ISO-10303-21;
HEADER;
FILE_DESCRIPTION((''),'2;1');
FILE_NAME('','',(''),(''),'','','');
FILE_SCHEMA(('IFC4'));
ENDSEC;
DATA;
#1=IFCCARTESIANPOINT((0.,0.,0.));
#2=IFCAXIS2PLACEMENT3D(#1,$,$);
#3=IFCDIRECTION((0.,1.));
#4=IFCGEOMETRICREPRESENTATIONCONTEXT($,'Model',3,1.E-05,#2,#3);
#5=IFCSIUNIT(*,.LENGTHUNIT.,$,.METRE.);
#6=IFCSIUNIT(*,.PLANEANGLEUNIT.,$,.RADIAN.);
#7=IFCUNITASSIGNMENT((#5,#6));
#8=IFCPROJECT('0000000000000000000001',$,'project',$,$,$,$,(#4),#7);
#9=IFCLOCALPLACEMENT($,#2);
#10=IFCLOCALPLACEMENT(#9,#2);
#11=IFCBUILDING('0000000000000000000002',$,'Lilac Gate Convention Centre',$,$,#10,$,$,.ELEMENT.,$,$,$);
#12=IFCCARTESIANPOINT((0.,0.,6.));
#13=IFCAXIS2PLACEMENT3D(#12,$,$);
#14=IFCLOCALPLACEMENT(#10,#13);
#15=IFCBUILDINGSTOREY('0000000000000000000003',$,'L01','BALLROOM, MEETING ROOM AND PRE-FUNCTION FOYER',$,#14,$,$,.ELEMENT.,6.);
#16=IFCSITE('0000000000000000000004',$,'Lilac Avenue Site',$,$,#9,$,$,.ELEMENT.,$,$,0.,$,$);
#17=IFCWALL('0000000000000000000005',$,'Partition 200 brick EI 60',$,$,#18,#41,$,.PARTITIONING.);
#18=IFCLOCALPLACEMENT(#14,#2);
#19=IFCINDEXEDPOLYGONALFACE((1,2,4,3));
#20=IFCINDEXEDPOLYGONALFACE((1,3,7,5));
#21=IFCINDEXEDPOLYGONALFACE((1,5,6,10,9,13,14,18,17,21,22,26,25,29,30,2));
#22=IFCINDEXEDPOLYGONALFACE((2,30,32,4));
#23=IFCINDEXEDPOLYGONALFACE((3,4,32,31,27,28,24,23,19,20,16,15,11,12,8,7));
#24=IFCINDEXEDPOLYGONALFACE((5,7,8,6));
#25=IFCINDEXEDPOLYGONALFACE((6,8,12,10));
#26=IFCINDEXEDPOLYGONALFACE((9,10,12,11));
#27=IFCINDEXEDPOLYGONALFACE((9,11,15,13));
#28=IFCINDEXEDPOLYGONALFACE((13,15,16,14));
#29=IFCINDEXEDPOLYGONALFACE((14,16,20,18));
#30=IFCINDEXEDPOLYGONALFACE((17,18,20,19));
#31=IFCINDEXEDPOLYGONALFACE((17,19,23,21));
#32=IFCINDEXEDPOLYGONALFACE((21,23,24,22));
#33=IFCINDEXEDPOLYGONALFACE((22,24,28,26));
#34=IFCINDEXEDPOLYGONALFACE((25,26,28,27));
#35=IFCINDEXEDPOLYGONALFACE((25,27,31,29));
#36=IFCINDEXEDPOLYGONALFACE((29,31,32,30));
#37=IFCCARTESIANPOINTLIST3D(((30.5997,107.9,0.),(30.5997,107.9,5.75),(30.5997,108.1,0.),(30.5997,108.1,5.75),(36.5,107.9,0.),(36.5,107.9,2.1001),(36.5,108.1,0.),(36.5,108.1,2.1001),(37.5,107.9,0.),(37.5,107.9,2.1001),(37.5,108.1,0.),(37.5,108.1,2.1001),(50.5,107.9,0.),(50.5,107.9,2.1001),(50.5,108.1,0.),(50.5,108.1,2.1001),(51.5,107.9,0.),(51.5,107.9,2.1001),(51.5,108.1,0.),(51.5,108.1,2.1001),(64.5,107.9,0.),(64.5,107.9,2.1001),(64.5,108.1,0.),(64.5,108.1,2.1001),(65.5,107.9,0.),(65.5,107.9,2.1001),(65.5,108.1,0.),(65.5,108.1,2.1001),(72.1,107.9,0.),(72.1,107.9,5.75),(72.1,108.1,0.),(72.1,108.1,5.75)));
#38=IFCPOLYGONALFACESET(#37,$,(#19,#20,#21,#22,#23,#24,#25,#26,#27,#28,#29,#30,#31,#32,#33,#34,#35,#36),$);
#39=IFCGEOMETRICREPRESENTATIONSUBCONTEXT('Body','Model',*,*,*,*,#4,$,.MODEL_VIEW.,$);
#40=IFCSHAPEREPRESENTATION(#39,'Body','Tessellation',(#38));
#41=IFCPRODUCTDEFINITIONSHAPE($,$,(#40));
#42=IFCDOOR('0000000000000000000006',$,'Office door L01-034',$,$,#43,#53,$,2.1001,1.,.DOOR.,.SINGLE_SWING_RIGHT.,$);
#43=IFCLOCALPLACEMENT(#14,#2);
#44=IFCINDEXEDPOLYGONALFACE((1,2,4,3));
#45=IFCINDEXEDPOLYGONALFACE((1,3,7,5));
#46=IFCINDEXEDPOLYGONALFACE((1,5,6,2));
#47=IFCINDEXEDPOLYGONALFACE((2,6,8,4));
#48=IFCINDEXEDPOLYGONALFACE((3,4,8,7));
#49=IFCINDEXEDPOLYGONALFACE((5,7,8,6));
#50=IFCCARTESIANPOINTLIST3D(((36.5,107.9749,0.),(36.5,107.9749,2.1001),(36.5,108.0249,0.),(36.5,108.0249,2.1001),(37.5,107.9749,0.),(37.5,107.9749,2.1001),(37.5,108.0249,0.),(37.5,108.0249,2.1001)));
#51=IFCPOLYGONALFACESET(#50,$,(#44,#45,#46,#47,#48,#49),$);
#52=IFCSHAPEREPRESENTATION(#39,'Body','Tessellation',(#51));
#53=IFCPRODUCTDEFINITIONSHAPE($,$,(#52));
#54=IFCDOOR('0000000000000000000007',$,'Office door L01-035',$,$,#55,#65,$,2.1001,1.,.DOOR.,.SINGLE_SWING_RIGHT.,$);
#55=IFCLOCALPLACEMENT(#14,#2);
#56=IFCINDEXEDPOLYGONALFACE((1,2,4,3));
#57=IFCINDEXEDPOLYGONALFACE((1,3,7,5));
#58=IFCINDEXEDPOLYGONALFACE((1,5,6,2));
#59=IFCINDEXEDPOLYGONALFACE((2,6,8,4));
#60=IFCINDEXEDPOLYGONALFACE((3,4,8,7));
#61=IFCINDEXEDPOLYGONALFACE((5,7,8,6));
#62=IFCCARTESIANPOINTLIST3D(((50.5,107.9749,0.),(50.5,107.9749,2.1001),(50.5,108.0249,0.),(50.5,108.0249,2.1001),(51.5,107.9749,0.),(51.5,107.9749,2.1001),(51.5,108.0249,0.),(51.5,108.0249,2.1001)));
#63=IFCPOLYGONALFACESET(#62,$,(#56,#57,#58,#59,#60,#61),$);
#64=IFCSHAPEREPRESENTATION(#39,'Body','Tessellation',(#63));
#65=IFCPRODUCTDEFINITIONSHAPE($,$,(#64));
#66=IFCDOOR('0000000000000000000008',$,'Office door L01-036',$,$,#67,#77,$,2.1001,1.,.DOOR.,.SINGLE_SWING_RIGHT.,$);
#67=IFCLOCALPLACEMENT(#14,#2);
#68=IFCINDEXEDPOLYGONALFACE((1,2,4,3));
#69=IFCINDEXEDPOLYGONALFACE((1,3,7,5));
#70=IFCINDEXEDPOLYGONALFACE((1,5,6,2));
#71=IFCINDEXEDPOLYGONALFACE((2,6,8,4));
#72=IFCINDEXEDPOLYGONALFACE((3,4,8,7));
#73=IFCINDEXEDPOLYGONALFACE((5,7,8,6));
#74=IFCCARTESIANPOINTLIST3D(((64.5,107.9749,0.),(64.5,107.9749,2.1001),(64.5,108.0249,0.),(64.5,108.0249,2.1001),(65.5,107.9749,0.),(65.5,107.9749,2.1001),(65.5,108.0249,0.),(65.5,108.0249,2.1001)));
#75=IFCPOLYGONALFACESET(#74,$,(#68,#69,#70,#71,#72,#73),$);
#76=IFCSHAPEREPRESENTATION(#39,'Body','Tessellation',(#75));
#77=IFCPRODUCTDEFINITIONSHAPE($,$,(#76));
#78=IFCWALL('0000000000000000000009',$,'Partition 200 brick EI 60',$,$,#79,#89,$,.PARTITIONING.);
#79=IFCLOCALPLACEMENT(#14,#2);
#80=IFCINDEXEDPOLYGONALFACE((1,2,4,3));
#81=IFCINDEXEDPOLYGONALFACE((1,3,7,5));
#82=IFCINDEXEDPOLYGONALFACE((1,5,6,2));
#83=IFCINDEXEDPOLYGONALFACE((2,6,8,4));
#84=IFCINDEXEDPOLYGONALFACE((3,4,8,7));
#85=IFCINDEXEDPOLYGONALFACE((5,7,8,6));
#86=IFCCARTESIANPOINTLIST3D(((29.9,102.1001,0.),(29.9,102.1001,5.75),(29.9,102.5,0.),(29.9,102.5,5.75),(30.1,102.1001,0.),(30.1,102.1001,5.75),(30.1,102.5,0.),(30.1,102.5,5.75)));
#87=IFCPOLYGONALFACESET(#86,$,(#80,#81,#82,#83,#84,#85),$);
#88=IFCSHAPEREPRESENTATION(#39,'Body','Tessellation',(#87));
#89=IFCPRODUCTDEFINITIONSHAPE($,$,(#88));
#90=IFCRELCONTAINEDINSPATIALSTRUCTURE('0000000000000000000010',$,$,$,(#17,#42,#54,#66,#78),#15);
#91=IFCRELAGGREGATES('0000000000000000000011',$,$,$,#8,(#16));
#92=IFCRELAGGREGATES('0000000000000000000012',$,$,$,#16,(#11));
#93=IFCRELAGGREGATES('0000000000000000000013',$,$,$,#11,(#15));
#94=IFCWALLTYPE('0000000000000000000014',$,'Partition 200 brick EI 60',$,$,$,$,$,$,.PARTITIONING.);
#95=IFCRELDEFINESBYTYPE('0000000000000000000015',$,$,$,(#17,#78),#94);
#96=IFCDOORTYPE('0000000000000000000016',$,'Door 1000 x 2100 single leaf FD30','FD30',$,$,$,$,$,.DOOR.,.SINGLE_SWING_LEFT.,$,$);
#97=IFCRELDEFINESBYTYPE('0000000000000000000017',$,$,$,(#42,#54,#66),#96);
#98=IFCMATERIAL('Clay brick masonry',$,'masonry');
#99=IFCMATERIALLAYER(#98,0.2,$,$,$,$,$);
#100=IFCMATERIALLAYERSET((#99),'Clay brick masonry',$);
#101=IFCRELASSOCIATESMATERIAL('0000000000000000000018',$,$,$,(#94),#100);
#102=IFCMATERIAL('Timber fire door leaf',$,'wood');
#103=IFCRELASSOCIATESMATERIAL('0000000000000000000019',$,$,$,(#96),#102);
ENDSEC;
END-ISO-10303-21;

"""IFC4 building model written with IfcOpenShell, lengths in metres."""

from ifc_helpers import new_model, si_unit, direction, frame, frame_2d, origin, place, context, subcontext, project, spatial, rectangle, extrude, material, layer, layer_set, type_object, element, fill, save


model = new_model("IFC4")

# Units and contexts
model_context = context("Model", 3, precision=1e-05, world=origin(), true_north=direction((0.0, 1.0)))
body_context = subcontext(model_context, "Body", "Model", "MODEL_VIEW")
ifc_project = project(units=[si_unit("LENGTHUNIT", "METRE"), si_unit("PLANEANGLEUNIT", "RADIAN")], contexts=[model_context])

# Site, building, storey
site_placement = place(None, origin())
site = spatial("IfcSite", under=ifc_project, at=site_placement, Name="Lilac Avenue Site", CompositionType="ELEMENT", RefElevation=0.0)
building_placement = place(site_placement, origin())
building = spatial("IfcBuilding", under=site, at=building_placement, Name="Lilac Gate Convention Centre", CompositionType="ELEMENT")
storey_placement = place(building_placement, frame((0.0, 0.0, 6.0)))
storey = spatial("IfcBuildingStorey", under=building, at=storey_placement, Name="L01", Description="BALLROOM, MEETING ROOM AND PRE-FUNCTION FOYER", CompositionType="ELEMENT", Elevation=6.0)

# Shared definitions
ifc_material_1 = material(Name="Clay brick masonry", Category="masonry")
ifc_layer_1 = layer(ifc_material_1, 0.2)
ifc_layer_set_1 = layer_set([ifc_layer_1], Name="Clay brick masonry")
wall_type_1 = type_object("IfcWallType", Name="Partition 200 brick EI 60", PredefinedType="PARTITIONING", material=ifc_layer_set_1)

# Wall, openings, doors
wall_1_placement = place(storey_placement, frame((30.5999, 108.0, 0.0), z_axis=(0.0, 0.0, 1.0), x_axis=(1.0, 0.0, 0.0)))
wall_1 = element("IfcWall", 1, at=wall_1_placement, inside=storey, type_object=wall_type_1, Name="Partition 200 brick EI 60", PredefinedType="PARTITIONING", context=body_context, shape_type="SweptSolid", body=[
    extrude(rectangle(XDim=41.5002, YDim=0.2, at=frame_2d((20.75, 0.0))), origin(), (0.0, 0.0, 1.0), 5.75),
])
opening_1_placement = place(wall_1_placement, frame((5.9001, 0.0, 0.0)))
opening_1 = element("IfcOpeningElement", 2, at=opening_1_placement, cuts=wall_1, PredefinedType="OPENING", context=body_context, shape_type="SweptSolid", body=[
    extrude(rectangle(XDim=1.0, YDim=2.1001, at=frame_2d((0.5, 1.05))), frame((0.0, 0.1099, 0.0), z_axis=(0.0, -1.0, 0.0), x_axis=(1.0, 0.0, 0.0)), (0.0, 0.0, 1.0), 0.22),
])
opening_2_placement = place(wall_1_placement, frame((19.9001, 0.0, 0.0)))
opening_2 = element("IfcOpeningElement", 3, at=opening_2_placement, cuts=wall_1, PredefinedType="OPENING", context=body_context, shape_type="SweptSolid", body=[
    extrude(rectangle(XDim=1.0, YDim=2.1001, at=frame_2d((0.5, 1.05))), frame((0.0, 0.1099, 0.0), z_axis=(0.0, -1.0, 0.0), x_axis=(1.0, 0.0, 0.0)), (0.0, 0.0, 1.0), 0.22),
])
opening_3_placement = place(wall_1_placement, frame((33.9001, 0.0, 0.0)))
opening_3 = element("IfcOpeningElement", 4, at=opening_3_placement, cuts=wall_1, PredefinedType="OPENING", context=body_context, shape_type="SweptSolid", body=[
    extrude(rectangle(XDim=1.0, YDim=2.1001, at=frame_2d((0.5, 1.05))), frame((0.0, 0.1099, 0.0), z_axis=(0.0, -1.0, 0.0), x_axis=(1.0, 0.0, 0.0)), (0.0, 0.0, 1.0), 0.22),
])
ifc_material_2 = material(Name="Timber fire door leaf", Category="wood")
door_type_1 = type_object("IfcDoorType", Name="Door 1000 x 2100 single leaf FD30", Description="FD30", OperationType="SINGLE_SWING_LEFT", PredefinedType="DOOR", material=ifc_material_2)
door_1_placement = place(opening_1_placement, origin())
door_1 = element("IfcDoor", 5, at=door_1_placement, inside=storey, type_object=door_type_1, Name="Office door L01-034", OperationType="SINGLE_SWING_RIGHT", OverallHeight=2.1001, OverallWidth=1.0, PredefinedType="DOOR", context=body_context, shape_type="SweptSolid", body=[
    extrude(rectangle(XDim=1.0, YDim=2.1001, at=frame_2d((0.5, 1.05))), frame((0.0, 0.0249, 0.0), z_axis=(0.0, -1.0, 0.0), x_axis=(1.0, 0.0, 0.0)), (0.0, 0.0, 1.0), 0.05),
])
fill(opening_1, door_1)
door_2_placement = place(opening_2_placement, origin())
door_2 = element("IfcDoor", 6, at=door_2_placement, inside=storey, type_object=door_type_1, Name="Office door L01-035", OperationType="SINGLE_SWING_RIGHT", OverallHeight=2.1001, OverallWidth=1.0, PredefinedType="DOOR", context=body_context, shape_type="SweptSolid", body=[
    extrude(rectangle(XDim=1.0, YDim=2.1001, at=frame_2d((0.5, 1.05))), frame((0.0, 0.0249, 0.0), z_axis=(0.0, -1.0, 0.0), x_axis=(1.0, 0.0, 0.0)), (0.0, 0.0, 1.0), 0.05),
])
fill(opening_2, door_2)
door_3_placement = place(opening_3_placement, origin())
door_3 = element("IfcDoor", 7, at=door_3_placement, inside=storey, type_object=door_type_1, Name="Office door L01-036", OperationType="SINGLE_SWING_RIGHT", OverallHeight=2.1001, OverallWidth=1.0, PredefinedType="DOOR", context=body_context, shape_type="SweptSolid", body=[
    extrude(rectangle(XDim=1.0, YDim=2.1001, at=frame_2d((0.5, 1.05))), frame((0.0, 0.0249, 0.0), z_axis=(0.0, -1.0, 0.0), x_axis=(1.0, 0.0, 0.0)), (0.0, 0.0, 1.0), 0.05),
])
fill(opening_3, door_3)

# Wall
wall_2_placement = place(storey_placement, frame((30.0, 102.1001, 0.0), z_axis=(0.0, 0.0, 1.0), x_axis=(0.0, 1.0, 0.0)))
element("IfcWall", 8, at=wall_2_placement, inside=storey, type_object=wall_type_1, Name="Partition 200 brick EI 60", PredefinedType="PARTITIONING", context=body_context, shape_type="SweptSolid", body=[
    extrude(rectangle(XDim=0.3999, YDim=0.2, at=frame_2d((0.2, 0.0))), origin(), (0.0, 0.0, 1.0), 5.75),
])

save(model, "model.ifc")
